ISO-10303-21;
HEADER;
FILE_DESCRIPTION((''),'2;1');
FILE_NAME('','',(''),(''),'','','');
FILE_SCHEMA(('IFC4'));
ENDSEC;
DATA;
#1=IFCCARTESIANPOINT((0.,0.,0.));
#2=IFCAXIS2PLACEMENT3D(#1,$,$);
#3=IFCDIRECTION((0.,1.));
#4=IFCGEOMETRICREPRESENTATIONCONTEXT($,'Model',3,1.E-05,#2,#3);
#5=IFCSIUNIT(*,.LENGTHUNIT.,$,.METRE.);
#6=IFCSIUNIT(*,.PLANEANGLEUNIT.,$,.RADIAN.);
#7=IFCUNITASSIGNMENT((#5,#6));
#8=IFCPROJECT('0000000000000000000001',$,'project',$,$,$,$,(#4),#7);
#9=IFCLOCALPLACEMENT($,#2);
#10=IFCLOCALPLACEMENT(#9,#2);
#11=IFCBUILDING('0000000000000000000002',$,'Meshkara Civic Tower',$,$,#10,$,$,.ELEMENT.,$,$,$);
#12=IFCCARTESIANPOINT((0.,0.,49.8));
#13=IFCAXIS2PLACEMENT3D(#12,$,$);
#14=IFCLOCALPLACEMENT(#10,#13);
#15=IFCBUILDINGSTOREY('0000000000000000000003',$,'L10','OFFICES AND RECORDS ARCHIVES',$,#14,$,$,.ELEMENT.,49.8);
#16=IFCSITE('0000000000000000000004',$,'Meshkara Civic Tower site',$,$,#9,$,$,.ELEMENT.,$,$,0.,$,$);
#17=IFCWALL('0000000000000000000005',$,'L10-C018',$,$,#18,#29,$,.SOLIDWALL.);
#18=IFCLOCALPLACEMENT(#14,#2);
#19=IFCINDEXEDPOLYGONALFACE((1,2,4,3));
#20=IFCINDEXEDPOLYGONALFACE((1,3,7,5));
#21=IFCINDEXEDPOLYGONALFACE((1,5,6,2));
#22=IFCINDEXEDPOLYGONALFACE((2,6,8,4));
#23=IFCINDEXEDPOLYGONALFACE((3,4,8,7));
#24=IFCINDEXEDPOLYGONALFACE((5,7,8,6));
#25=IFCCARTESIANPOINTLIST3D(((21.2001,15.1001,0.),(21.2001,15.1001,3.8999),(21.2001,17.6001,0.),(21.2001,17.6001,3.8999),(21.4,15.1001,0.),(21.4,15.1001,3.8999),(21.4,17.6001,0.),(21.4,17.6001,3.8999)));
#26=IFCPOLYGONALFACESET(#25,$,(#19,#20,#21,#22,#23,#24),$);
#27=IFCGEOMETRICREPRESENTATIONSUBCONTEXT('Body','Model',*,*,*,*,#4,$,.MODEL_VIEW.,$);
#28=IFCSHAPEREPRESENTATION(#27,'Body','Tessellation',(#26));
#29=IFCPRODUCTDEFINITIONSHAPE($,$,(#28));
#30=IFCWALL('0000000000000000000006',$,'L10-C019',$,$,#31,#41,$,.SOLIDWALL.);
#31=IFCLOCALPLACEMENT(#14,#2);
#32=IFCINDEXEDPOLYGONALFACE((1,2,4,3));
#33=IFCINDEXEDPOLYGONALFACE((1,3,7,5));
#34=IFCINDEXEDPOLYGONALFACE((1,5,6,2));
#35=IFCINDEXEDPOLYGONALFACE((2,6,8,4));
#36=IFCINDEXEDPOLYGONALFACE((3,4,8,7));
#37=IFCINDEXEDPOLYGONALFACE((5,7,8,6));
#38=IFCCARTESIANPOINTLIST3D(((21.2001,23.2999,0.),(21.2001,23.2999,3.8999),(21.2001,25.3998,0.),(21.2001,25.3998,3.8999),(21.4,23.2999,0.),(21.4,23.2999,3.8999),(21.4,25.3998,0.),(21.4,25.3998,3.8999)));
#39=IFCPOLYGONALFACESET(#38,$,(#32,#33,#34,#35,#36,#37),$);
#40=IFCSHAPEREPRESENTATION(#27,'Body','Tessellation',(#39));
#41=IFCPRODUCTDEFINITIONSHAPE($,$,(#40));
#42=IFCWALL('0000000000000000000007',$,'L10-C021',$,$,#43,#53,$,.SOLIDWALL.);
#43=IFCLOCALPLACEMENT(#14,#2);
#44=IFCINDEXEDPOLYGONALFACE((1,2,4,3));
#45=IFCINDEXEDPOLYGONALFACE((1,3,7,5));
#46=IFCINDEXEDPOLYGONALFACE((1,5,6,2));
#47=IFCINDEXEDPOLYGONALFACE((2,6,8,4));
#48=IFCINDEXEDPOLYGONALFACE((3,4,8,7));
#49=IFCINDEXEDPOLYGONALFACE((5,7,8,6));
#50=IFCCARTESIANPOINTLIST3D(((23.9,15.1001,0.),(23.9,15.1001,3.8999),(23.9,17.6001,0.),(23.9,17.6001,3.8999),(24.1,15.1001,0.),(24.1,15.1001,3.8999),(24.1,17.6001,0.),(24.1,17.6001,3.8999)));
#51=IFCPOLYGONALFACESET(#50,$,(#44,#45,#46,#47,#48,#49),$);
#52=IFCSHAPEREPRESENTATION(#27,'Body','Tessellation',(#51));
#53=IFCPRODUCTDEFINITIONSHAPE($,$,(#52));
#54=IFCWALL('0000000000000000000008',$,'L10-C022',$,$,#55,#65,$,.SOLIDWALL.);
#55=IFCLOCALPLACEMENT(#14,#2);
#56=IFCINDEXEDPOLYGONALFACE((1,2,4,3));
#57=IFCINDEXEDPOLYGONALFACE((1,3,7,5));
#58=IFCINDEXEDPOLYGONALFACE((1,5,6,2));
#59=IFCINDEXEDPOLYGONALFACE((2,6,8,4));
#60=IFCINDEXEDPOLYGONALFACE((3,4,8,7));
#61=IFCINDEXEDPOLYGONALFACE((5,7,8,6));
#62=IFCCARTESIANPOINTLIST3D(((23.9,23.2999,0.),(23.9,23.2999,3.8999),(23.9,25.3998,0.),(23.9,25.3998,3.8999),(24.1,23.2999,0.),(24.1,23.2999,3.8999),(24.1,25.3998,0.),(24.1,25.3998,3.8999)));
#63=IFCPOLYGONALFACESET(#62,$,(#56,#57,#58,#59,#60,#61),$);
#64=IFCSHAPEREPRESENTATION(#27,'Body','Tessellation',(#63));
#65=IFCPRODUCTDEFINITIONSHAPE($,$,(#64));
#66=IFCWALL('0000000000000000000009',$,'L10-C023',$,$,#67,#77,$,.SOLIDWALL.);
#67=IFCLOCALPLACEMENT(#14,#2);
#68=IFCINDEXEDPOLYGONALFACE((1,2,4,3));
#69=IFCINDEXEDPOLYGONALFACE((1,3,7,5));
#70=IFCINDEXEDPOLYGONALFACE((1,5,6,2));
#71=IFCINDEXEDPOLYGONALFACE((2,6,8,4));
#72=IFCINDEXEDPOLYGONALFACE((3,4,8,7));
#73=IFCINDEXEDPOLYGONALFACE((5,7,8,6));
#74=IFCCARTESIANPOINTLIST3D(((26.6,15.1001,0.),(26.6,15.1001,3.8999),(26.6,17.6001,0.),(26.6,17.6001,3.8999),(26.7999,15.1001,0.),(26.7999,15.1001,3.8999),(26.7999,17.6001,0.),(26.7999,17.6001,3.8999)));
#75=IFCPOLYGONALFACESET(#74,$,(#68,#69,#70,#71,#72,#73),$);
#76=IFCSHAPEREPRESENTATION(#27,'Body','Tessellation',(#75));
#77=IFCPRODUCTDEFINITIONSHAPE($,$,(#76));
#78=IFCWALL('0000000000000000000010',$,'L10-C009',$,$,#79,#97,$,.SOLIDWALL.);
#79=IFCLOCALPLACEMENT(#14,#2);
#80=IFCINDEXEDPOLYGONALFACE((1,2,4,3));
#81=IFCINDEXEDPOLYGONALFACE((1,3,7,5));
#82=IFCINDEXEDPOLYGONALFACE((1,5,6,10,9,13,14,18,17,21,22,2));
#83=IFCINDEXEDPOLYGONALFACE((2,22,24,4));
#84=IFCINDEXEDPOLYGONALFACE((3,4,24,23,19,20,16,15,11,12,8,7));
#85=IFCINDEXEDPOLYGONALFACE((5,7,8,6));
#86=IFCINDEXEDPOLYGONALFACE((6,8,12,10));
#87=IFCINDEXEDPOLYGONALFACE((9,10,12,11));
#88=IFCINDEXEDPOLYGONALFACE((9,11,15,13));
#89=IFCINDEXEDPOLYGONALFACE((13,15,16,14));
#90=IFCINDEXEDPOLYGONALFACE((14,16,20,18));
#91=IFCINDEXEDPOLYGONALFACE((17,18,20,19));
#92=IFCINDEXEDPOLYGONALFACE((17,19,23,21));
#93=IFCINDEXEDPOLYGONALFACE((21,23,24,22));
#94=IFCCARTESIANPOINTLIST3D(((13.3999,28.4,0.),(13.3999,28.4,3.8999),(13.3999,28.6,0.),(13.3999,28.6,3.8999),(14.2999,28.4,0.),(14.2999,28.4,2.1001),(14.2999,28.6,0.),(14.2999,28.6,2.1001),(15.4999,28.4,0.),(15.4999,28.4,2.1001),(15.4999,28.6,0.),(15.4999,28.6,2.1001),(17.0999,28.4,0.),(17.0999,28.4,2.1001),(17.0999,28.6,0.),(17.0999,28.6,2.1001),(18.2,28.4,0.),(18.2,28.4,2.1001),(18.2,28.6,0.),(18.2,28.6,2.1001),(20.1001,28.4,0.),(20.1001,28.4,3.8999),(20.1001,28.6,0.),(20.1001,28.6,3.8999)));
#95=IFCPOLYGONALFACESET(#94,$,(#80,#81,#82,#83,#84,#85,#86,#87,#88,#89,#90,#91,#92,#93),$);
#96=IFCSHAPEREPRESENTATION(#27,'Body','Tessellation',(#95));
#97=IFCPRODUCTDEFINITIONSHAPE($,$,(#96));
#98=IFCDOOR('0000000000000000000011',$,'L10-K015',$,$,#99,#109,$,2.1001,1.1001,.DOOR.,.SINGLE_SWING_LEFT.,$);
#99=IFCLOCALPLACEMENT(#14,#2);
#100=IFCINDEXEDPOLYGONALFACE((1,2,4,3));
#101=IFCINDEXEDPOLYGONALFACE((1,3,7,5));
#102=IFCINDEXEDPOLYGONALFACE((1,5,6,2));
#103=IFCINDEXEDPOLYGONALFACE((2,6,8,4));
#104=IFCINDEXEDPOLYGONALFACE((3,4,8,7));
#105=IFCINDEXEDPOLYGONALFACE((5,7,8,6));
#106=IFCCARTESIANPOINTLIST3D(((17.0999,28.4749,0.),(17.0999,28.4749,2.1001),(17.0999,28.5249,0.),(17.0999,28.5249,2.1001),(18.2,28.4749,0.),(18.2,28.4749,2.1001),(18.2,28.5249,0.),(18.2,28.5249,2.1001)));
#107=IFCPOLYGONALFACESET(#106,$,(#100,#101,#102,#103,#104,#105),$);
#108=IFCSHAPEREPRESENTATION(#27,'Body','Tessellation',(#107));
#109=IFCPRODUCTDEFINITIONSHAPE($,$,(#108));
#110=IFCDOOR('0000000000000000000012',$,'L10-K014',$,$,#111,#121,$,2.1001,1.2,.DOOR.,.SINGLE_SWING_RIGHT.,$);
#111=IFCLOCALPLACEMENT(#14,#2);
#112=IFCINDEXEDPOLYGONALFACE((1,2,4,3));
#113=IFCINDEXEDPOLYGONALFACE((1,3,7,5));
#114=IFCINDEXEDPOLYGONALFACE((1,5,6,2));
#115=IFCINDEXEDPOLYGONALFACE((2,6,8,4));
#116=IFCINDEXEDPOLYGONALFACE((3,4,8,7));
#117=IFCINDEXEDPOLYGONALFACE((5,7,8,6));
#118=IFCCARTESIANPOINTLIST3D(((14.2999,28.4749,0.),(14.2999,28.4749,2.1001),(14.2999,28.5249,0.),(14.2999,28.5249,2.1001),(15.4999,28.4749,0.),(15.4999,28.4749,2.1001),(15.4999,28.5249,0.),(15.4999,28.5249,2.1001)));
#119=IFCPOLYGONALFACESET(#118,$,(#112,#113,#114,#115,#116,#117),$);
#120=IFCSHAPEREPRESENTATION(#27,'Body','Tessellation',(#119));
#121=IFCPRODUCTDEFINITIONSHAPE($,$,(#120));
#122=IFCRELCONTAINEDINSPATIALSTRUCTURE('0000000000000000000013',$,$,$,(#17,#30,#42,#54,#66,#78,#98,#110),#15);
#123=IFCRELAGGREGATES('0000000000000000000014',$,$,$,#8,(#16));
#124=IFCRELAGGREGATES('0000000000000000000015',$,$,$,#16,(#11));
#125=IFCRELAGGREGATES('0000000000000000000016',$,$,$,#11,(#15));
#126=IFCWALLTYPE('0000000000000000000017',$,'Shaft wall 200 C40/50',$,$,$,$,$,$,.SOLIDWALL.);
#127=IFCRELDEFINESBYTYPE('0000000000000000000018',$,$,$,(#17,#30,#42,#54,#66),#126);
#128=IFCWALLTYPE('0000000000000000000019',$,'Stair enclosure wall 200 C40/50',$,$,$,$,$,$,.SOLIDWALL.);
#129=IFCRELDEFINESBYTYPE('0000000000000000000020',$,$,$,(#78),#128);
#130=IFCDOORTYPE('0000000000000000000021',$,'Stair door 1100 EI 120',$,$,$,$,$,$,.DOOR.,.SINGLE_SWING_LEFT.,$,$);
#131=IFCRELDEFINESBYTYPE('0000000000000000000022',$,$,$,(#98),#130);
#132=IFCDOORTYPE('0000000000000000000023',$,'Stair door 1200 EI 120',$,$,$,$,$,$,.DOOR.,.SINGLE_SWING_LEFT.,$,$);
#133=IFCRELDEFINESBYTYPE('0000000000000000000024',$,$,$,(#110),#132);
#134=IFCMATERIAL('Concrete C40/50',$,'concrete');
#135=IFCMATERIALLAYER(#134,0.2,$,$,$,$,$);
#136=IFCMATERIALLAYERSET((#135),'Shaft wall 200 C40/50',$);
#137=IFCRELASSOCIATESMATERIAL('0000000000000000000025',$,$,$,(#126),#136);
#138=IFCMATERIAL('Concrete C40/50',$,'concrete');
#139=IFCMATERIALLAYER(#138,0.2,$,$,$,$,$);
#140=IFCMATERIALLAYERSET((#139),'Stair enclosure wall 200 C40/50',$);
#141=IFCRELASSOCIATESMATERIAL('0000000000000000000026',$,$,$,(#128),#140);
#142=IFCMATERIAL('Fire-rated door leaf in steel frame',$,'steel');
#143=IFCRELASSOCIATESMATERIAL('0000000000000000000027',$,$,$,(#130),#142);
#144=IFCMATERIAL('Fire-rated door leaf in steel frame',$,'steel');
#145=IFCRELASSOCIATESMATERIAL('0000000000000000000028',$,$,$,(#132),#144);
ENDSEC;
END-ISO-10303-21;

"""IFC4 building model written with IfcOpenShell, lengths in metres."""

from ifc_helpers import new_model, si_unit, direction, frame, frame_2d, origin, place, context, subcontext, project, spatial, rectangle, extrude, material, layer, layer_set, type_object, element, fill, save


model = new_model("IFC4")

# Units and contexts
model_context = context("Model", 3, precision=1e-05, world=origin(), true_north=direction((0.0, 1.0)))
body_context = subcontext(model_context, "Body", "Model", "MODEL_VIEW")
ifc_project = project(units=[si_unit("LENGTHUNIT", "METRE"), si_unit("PLANEANGLEUNIT", "RADIAN")], contexts=[model_context])

# Site, building, storey
site_placement = place(None, origin())
site = spatial("IfcSite", under=ifc_project, at=site_placement, Name="Meshkara Civic Tower site", CompositionType="ELEMENT", RefElevation=0.0)
building_placement = place(site_placement, origin())
building = spatial("IfcBuilding", under=site, at=building_placement, Name="Meshkara Civic Tower", CompositionType="ELEMENT")
storey_placement = place(building_placement, frame((0.0, 0.0, 49.8)))
storey = spatial("IfcBuildingStorey", under=building, at=storey_placement, Name="L10", Description="OFFICES AND RECORDS ARCHIVES", CompositionType="ELEMENT", Elevation=49.8)

# Shared definitions
ifc_material_1 = material(Name="Concrete C40/50", Category="concrete")
ifc_layer_1 = layer(ifc_material_1, 0.2)
ifc_layer_set_1 = layer_set([ifc_layer_1], Name="Shaft wall 200 C40/50")
wall_type_1 = type_object("IfcWallType", Name="Shaft wall 200 C40/50", PredefinedType="SOLIDWALL", material=ifc_layer_set_1)

# Walls
wall_1_placement = place(storey_placement, frame((21.3, 15.1001, 0.0), z_axis=(0.0, 0.0, 1.0), x_axis=(0.0, 1.0, 0.0)))
element("IfcWall", 1, at=wall_1_placement, inside=storey, type_object=wall_type_1, Name="L10-C018", PredefinedType="SOLIDWALL", context=body_context, shape_type="SweptSolid", body=[
    extrude(rectangle(XDim=2.5, YDim=0.2, at=frame_2d((1.25, 0.0))), origin(), (0.0, 0.0, 1.0), 3.8999),
])
wall_2_placement = place(storey_placement, frame((21.3, 23.3, 0.0), z_axis=(0.0, 0.0, 1.0), x_axis=(0.0, 1.0, 0.0)))
element("IfcWall", 2, at=wall_2_placement, inside=storey, type_object=wall_type_1, Name="L10-C019", PredefinedType="SOLIDWALL", context=body_context, shape_type="SweptSolid", body=[
    extrude(rectangle(XDim=2.0999, YDim=0.2, at=frame_2d((1.0498, 0.0))), origin(), (0.0, 0.0, 1.0), 3.8999),
])
wall_3_placement = place(storey_placement, frame((24.0, 15.1001, 0.0), z_axis=(0.0, 0.0, 1.0), x_axis=(0.0, 1.0, 0.0)))
element("IfcWall", 3, at=wall_3_placement, inside=storey, type_object=wall_type_1, Name="L10-C021", PredefinedType="SOLIDWALL", context=body_context, shape_type="SweptSolid", body=[
    extrude(rectangle(XDim=2.5, YDim=0.2, at=frame_2d((1.25, 0.0))), origin(), (0.0, 0.0, 1.0), 3.8999),
])
wall_4_placement = place(storey_placement, frame((24.0, 23.3, 0.0), z_axis=(0.0, 0.0, 1.0), x_axis=(0.0, 1.0, 0.0)))
element("IfcWall", 4, at=wall_4_placement, inside=storey, type_object=wall_type_1, Name="L10-C022", PredefinedType="SOLIDWALL", context=body_context, shape_type="SweptSolid", body=[
    extrude(rectangle(XDim=2.0999, YDim=0.2, at=frame_2d((1.0498, 0.0))), origin(), (0.0, 0.0, 1.0), 3.8999),
])
wall_5_placement = place(storey_placement, frame((26.7, 15.1001, 0.0), z_axis=(0.0, 0.0, 1.0), x_axis=(0.0, 1.0, 0.0)))
element("IfcWall", 5, at=wall_5_placement, inside=storey, type_object=wall_type_1, Name="L10-C023", PredefinedType="SOLIDWALL", context=body_context, shape_type="SweptSolid", body=[
    extrude(rectangle(XDim=2.5, YDim=0.2, at=frame_2d((1.25, 0.0))), origin(), (0.0, 0.0, 1.0), 3.8999),
])

# Wall, openings, doors
ifc_material_2 = material(Name="Concrete C40/50", Category="concrete")
ifc_layer_2 = layer(ifc_material_2, 0.2)
ifc_layer_set_2 = layer_set([ifc_layer_2], Name="Stair enclosure wall 200 C40/50")
wall_type_2 = type_object("IfcWallType", Name="Stair enclosure wall 200 C40/50", PredefinedType="SOLIDWALL", material=ifc_layer_set_2)
wall_6_placement = place(storey_placement, frame((13.3999, 28.5, 0.0), z_axis=(0.0, 0.0, 1.0), x_axis=(1.0, 0.0, 0.0)))
wall_6 = element("IfcWall", 6, at=wall_6_placement, inside=storey, type_object=wall_type_2, Name="L10-C009", PredefinedType="SOLIDWALL", context=body_context, shape_type="SweptSolid", body=[
    extrude(rectangle(XDim=6.7002, YDim=0.2, at=frame_2d((3.3501, 0.0))), origin(), (0.0, 0.0, 1.0), 3.8999),
])
opening_1_placement = place(wall_6_placement, frame((0.8999, 0.0, 0.0)))
opening_1 = element("IfcOpeningElement", 7, at=opening_1_placement, cuts=wall_6, PredefinedType="OPENING", context=body_context, shape_type="SweptSolid", body=[
    extrude(rectangle(XDim=1.2, YDim=2.1001, at=frame_2d((0.6001, 1.05))), frame((0.0, 0.1099, 0.0), z_axis=(0.0, -1.0, 0.0), x_axis=(1.0, 0.0, 0.0)), (0.0, 0.0, 1.0), 0.22),
])
opening_2_placement = place(wall_6_placement, frame((3.7, 0.0, 0.0)))
opening_2 = element("IfcOpeningElement", 8, at=opening_2_placement, cuts=wall_6, PredefinedType="OPENING", context=body_context, shape_type="SweptSolid", body=[
    extrude(rectangle(XDim=1.1001, YDim=2.1001, at=frame_2d((0.55, 1.05))), frame((0.0, 0.1099, 0.0), z_axis=(0.0, -1.0, 0.0), x_axis=(1.0, 0.0, 0.0)), (0.0, 0.0, 1.0), 0.22),
])
ifc_material_3 = material(Name="Fire-rated door leaf in steel frame", Category="steel")
door_type_1 = type_object("IfcDoorType", Name="Stair door 1100 EI 120", OperationType="SINGLE_SWING_LEFT", PredefinedType="DOOR", material=ifc_material_3)
door_1_placement = place(opening_2_placement, origin())
door_1 = element("IfcDoor", 9, at=door_1_placement, inside=storey, type_object=door_type_1, Name="L10-K015", OperationType="SINGLE_SWING_LEFT", OverallHeight=2.1001, OverallWidth=1.1001, PredefinedType="DOOR", context=body_context, shape_type="SweptSolid", body=[
    extrude(rectangle(XDim=1.1001, YDim=2.1001, at=frame_2d((0.55, 1.05))), frame((0.0, 0.0249, 0.0), z_axis=(0.0, -1.0, 0.0), x_axis=(1.0, 0.0, 0.0)), (0.0, 0.0, 1.0), 0.05),
])
fill(opening_2, door_1)
ifc_material_4 = material(Name="Fire-rated door leaf in steel frame", Category="steel")
door_type_2 = type_object("IfcDoorType", Name="Stair door 1200 EI 120", OperationType="SINGLE_SWING_LEFT", PredefinedType="DOOR", material=ifc_material_4)
door_2_placement = place(opening_1_placement, origin())
door_2 = element("IfcDoor", 10, at=door_2_placement, inside=storey, type_object=door_type_2, Name="L10-K014", OperationType="SINGLE_SWING_RIGHT", OverallHeight=2.1001, OverallWidth=1.2, PredefinedType="DOOR", context=body_context, shape_type="SweptSolid", body=[
    extrude(rectangle(XDim=1.2, YDim=2.1001, at=frame_2d((0.6001, 1.05))), frame((0.0, 0.0249, 0.0), z_axis=(0.0, -1.0, 0.0), x_axis=(1.0, 0.0, 0.0)), (0.0, 0.0, 1.0), 0.05),
])
fill(opening_1, door_2)

save(model, "model.ifc")
